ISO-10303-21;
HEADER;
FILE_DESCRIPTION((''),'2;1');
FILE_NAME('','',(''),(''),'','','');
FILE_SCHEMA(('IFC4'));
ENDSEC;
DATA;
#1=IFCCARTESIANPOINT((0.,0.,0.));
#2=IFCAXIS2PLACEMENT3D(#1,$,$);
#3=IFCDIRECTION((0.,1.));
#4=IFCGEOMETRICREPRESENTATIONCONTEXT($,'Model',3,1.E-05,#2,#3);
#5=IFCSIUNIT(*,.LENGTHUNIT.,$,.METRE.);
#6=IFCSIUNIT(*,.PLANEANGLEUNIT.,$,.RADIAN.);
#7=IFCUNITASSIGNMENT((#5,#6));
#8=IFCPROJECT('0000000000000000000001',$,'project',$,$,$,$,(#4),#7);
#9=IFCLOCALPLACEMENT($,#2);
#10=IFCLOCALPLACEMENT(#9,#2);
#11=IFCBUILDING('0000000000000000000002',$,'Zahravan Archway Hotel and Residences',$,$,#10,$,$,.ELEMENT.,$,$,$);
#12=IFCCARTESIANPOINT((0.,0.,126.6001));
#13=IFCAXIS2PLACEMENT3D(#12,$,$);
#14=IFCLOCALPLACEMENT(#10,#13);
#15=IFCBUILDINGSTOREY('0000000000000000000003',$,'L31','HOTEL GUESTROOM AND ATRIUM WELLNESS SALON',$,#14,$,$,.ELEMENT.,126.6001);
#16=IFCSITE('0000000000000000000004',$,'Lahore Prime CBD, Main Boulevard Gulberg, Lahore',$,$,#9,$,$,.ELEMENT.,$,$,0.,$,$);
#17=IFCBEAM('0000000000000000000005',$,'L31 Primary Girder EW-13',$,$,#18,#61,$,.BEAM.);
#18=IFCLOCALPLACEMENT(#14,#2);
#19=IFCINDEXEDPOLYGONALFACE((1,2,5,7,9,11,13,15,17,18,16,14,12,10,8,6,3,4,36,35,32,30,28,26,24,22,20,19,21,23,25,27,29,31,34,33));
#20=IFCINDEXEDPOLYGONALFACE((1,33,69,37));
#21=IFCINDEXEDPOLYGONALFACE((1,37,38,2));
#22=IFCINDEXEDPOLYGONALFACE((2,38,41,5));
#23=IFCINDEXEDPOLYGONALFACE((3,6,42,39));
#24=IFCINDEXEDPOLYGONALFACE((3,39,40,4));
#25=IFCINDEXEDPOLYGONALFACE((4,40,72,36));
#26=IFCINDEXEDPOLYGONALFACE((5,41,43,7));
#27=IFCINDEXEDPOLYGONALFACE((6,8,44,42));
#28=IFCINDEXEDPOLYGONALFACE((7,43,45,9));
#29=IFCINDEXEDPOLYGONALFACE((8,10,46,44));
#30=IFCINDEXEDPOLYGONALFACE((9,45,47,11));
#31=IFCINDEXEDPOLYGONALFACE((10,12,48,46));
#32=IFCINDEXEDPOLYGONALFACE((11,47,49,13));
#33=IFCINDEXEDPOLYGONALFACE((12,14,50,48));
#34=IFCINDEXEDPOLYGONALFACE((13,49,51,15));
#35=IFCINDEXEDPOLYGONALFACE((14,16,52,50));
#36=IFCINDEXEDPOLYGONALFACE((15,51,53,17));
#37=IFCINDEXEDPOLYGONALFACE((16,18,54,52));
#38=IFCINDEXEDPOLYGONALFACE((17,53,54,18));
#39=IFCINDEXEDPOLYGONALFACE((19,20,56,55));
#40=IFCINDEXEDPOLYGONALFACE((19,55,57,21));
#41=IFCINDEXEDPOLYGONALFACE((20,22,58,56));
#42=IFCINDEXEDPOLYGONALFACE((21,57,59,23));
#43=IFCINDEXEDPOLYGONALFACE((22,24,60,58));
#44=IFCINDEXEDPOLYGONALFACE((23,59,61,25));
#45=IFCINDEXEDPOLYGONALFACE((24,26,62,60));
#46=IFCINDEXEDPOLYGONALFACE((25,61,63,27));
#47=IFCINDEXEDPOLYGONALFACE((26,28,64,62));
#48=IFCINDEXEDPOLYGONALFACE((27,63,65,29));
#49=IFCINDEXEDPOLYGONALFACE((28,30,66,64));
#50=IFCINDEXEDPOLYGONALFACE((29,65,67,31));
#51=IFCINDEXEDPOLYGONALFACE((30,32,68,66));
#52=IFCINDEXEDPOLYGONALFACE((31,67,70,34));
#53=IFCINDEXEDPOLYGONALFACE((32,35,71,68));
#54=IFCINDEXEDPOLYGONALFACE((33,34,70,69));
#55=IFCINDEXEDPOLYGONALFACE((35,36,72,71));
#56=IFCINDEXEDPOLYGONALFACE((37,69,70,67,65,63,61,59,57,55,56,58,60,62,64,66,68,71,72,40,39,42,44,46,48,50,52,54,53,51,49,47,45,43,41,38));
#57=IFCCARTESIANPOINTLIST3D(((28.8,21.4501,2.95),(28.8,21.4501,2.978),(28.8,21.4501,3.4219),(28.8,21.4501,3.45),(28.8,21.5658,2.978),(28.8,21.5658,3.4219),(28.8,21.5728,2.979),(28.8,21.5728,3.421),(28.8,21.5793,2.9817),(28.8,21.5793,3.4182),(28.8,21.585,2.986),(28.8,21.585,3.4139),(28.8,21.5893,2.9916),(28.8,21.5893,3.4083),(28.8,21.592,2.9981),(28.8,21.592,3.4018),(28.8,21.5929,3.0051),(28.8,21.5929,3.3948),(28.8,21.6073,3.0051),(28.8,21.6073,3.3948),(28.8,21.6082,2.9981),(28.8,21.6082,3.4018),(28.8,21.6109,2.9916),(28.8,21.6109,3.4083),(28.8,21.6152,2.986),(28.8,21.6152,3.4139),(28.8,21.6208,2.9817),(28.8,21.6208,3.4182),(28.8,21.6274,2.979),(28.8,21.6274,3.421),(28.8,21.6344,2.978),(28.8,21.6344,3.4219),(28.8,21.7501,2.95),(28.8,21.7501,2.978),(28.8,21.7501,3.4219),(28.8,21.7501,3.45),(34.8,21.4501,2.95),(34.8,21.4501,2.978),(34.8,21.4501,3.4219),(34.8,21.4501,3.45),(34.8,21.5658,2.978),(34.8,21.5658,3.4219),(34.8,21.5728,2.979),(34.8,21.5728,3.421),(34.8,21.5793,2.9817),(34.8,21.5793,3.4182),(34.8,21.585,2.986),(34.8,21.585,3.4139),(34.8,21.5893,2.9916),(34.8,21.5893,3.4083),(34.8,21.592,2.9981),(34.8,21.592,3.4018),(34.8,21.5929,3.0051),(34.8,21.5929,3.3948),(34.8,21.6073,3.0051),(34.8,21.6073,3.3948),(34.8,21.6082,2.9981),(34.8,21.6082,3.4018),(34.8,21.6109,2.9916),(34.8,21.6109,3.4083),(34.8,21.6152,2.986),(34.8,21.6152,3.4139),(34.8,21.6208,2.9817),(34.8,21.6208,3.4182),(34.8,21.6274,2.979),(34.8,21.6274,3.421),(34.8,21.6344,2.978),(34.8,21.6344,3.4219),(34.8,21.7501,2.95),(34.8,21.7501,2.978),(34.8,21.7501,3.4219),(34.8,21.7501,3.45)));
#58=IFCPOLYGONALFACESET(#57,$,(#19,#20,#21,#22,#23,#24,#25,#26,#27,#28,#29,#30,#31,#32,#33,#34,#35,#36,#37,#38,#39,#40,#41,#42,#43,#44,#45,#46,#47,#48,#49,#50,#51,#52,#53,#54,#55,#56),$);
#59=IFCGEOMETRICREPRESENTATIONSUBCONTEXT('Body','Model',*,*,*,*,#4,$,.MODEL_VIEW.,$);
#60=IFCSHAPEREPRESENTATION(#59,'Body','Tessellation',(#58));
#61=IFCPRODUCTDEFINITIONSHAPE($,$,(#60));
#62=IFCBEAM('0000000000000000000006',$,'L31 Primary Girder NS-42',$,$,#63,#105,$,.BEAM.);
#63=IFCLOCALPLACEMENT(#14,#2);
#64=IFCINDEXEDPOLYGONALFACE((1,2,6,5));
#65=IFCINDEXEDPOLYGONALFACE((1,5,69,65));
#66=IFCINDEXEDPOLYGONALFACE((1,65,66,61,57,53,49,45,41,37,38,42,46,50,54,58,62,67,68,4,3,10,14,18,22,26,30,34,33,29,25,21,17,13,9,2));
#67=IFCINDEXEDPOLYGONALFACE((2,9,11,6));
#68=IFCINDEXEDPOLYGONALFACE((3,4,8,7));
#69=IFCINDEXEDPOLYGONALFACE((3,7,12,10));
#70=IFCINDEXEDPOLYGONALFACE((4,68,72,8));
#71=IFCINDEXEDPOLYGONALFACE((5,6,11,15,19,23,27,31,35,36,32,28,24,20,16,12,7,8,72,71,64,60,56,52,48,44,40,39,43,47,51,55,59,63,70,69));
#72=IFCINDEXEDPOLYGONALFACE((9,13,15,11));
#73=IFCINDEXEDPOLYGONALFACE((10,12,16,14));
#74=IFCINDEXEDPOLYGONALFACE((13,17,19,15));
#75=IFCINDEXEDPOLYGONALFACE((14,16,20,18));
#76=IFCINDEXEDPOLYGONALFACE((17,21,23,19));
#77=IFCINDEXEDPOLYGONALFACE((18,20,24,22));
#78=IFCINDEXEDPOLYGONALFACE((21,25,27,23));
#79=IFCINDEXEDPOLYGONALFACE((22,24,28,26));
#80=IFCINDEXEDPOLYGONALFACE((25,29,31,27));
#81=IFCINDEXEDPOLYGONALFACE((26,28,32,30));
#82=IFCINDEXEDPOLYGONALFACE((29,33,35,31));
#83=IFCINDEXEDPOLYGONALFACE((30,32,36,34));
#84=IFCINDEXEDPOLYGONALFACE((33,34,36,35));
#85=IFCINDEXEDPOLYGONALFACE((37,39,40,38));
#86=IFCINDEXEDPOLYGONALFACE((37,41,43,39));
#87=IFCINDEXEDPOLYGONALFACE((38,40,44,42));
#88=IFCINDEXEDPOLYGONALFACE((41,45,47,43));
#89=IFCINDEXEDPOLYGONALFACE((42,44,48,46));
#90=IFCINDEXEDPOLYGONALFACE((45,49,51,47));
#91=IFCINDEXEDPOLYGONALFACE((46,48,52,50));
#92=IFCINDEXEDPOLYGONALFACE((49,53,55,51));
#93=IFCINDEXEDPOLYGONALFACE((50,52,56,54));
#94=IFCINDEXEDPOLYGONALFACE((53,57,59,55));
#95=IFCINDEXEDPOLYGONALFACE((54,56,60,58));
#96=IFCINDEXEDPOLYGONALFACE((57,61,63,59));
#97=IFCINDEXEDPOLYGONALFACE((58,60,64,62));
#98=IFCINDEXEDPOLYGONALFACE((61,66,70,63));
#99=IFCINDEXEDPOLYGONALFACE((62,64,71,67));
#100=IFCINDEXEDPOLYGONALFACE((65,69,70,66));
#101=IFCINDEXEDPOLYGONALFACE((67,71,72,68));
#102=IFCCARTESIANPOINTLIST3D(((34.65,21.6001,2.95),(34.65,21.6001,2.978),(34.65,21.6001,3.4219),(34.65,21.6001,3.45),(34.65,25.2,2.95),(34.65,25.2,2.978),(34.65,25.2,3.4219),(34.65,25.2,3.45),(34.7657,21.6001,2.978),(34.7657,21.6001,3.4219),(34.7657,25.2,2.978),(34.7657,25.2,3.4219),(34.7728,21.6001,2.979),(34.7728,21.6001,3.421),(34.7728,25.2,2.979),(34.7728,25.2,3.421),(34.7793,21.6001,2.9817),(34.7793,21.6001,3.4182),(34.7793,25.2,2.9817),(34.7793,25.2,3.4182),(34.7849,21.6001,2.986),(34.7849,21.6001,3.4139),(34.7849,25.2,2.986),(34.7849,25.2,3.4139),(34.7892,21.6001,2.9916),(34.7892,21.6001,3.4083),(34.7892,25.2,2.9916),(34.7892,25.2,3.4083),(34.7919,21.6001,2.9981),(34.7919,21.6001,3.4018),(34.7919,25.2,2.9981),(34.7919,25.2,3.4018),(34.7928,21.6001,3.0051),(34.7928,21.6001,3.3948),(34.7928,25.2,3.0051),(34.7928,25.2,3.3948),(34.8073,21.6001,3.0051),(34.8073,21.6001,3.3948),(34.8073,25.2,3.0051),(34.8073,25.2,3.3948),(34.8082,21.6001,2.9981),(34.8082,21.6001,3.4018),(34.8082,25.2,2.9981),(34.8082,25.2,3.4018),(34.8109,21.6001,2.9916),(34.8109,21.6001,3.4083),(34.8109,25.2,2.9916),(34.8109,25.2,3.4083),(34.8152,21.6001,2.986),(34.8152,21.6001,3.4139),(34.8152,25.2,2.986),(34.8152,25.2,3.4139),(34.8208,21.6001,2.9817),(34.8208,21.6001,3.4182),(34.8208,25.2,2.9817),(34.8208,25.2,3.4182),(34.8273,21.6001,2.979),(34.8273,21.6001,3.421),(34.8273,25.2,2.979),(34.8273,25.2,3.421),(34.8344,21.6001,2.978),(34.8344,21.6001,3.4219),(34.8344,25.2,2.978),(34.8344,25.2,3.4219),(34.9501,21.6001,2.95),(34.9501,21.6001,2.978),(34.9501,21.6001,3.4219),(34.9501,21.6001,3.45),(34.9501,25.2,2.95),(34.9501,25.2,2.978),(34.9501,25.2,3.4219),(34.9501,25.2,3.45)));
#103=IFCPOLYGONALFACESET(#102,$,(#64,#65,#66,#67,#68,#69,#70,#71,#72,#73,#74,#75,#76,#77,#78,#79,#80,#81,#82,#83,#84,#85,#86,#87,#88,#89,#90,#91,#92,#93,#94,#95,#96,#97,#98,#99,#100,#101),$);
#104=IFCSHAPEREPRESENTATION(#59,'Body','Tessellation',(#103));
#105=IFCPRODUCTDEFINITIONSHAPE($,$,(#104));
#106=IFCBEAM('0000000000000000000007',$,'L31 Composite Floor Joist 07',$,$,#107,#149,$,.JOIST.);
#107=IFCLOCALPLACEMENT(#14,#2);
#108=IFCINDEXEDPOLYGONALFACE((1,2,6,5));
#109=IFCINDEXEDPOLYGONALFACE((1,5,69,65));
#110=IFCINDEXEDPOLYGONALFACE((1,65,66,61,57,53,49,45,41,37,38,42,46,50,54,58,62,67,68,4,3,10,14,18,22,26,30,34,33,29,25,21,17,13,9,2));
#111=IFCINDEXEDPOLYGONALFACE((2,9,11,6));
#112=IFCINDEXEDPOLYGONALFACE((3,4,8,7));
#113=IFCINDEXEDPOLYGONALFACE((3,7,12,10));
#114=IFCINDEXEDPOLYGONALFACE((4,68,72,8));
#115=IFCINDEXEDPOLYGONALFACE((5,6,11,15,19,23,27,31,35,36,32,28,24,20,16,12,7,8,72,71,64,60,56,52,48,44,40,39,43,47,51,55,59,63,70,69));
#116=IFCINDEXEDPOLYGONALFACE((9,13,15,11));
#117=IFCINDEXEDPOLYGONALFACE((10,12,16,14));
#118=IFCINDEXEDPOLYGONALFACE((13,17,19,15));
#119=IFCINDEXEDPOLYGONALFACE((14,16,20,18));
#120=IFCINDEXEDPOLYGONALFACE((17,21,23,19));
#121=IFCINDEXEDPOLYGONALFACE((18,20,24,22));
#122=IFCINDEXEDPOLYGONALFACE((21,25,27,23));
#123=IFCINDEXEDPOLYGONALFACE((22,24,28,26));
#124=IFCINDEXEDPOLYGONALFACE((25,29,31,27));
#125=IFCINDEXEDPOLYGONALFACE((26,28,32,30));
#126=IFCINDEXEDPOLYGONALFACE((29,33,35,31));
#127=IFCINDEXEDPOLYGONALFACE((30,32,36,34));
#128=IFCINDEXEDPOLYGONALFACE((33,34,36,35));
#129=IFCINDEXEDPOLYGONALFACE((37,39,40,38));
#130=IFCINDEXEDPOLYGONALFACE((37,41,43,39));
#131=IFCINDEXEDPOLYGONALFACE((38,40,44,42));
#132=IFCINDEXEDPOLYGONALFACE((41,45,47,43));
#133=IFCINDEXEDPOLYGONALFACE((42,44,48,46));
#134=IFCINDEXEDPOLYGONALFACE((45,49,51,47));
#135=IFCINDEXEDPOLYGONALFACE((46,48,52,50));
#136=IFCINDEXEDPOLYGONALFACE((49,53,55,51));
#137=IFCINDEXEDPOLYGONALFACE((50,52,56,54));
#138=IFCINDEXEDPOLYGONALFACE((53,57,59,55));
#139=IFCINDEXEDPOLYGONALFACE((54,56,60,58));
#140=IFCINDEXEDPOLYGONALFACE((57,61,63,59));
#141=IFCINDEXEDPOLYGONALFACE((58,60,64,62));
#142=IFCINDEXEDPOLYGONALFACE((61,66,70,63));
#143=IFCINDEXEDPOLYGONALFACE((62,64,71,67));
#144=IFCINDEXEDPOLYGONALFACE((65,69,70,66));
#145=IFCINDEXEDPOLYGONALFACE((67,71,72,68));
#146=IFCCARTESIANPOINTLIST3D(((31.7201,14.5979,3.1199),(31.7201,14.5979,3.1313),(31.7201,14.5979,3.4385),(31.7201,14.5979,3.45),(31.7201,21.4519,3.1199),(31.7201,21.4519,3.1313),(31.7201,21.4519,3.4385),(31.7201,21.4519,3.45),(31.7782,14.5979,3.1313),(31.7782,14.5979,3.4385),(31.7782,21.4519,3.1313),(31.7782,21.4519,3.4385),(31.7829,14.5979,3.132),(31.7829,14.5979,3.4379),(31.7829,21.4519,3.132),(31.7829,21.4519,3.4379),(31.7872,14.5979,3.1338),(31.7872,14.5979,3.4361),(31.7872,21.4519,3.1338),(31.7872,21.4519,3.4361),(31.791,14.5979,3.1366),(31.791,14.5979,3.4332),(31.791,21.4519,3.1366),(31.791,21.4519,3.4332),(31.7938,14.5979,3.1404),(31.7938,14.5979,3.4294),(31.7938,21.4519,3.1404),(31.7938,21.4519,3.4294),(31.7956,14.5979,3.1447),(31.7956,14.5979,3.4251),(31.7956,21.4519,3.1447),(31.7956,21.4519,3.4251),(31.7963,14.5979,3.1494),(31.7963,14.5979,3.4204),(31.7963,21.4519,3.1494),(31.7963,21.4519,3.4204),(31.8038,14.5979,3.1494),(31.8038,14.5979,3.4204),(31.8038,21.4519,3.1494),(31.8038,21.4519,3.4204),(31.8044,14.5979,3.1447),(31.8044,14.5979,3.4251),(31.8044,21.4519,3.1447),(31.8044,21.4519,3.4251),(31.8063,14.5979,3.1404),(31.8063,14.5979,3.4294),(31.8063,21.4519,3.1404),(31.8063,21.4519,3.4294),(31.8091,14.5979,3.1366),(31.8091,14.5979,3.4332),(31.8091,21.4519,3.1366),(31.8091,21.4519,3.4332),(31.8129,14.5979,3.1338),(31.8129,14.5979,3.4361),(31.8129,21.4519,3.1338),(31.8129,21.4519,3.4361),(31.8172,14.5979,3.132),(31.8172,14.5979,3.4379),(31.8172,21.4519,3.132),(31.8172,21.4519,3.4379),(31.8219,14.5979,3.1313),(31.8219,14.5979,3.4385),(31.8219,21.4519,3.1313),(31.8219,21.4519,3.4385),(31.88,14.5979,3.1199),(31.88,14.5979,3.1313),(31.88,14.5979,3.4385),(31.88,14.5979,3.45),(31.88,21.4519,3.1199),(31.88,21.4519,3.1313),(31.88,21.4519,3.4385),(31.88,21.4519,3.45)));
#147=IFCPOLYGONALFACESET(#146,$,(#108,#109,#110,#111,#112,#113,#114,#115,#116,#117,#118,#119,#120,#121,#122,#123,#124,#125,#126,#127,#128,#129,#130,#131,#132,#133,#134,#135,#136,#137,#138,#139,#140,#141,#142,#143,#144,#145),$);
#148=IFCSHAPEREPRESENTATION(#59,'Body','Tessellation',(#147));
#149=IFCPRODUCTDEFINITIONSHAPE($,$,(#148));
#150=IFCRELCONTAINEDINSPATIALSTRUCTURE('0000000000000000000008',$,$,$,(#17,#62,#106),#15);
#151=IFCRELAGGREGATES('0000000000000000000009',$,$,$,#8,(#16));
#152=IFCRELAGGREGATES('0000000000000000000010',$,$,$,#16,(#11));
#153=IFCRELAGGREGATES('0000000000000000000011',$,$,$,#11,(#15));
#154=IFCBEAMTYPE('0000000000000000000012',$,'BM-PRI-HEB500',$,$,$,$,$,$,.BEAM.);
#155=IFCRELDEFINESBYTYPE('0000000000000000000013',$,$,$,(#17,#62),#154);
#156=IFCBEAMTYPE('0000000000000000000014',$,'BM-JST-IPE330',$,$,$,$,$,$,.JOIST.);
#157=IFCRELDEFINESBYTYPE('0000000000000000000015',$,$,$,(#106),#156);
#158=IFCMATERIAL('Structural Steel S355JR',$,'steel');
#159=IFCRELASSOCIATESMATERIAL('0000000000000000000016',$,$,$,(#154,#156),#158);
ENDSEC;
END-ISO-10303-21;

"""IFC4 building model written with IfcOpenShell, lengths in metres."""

from ifc_helpers import new_model, si_unit, direction, frame, origin, origin_2d, place, context, subcontext, project, spatial, i_section, extrude, source, transform, mapped, material, material_profile, profile_set, type_object, element, save


model = new_model("IFC4")

# Units and contexts
model_context = context("Model", 3, precision=1e-05, world=origin(), true_north=direction((0.0, 1.0)))
body_context = subcontext(model_context, "Body", "Model", "MODEL_VIEW")
ifc_project = project(units=[si_unit("LENGTHUNIT", "METRE"), si_unit("PLANEANGLEUNIT", "RADIAN")], contexts=[model_context])

# Site, building, storey
site_placement = place(None, origin())
site = spatial("IfcSite", under=ifc_project, at=site_placement, Name="Lahore Prime CBD, Main Boulevard Gulberg, Lahore", CompositionType="ELEMENT", RefElevation=0.0)
building_placement = place(site_placement, origin())
building = spatial("IfcBuilding", under=site, at=building_placement, Name="Zahravan Archway Hotel and Residences", CompositionType="ELEMENT")
storey_placement = place(building_placement, frame((0.0, 0.0, 126.6001)))
storey = spatial("IfcBuildingStorey", under=building, at=storey_placement, Name="L31", Description="HOTEL GUESTROOM AND ATRIUM WELLNESS SALON", CompositionType="ELEMENT", Elevation=126.6001)

# Beams
ifc_material_1 = material(Name="Structural Steel S355JR", Category="steel")
ifc_material_profile_1 = material_profile(ifc_material_1, i_section(OverallWidth=0.3, OverallDepth=0.5, WebThickness=0.0144, FlangeThickness=0.0281, FilletRadius=0.0271, at=origin_2d()), Name="HEB 500", Category="steel")
ifc_profile_set_1 = profile_set([ifc_material_profile_1], Name="Structural Steel S355JR")
beam_type_1 = type_object("IfcBeamType", Name="BM-PRI-HEB500", PredefinedType="BEAM", material=ifc_profile_set_1)
shared_shape_1 = source(origin(), body_context, "Body", "SweptSolid", [
    extrude(i_section(OverallWidth=0.3, OverallDepth=0.5, WebThickness=0.0144, FlangeThickness=0.0281, FilletRadius=0.0271, at=origin_2d()), origin(), (0.0, 0.0, 1.0), 6.0),
])
beam_1_placement = place(storey_placement, frame((28.8, 21.6001, 3.2), z_axis=(1.0, 0.0, 0.0), x_axis=(0.0, 1.0, 0.0)))
element("IfcBeam", 1, at=beam_1_placement, inside=storey, type_object=beam_type_1, Name="L31 Primary Girder EW-13", PredefinedType="BEAM", context=body_context, shape_type="MappedRepresentation", body=[
    mapped(shared_shape_1, transform((0.0, 0.0, 0.0), scale=1.0)),
])
shared_shape_2 = source(origin(), body_context, "Body", "SweptSolid", [
    extrude(i_section(OverallWidth=0.3, OverallDepth=0.5, WebThickness=0.0144, FlangeThickness=0.0281, FilletRadius=0.0271, at=origin_2d()), origin(), (0.0, 0.0, 1.0), 3.5999),
])
beam_2_placement = place(storey_placement, frame((34.8, 21.6001, 3.2), z_axis=(0.0, 1.0, 0.0), x_axis=(-1.0, 0.0, 0.0)))
element("IfcBeam", 2, at=beam_2_placement, inside=storey, type_object=beam_type_1, Name="L31 Primary Girder NS-42", PredefinedType="BEAM", context=body_context, shape_type="MappedRepresentation", body=[
    mapped(shared_shape_2, transform((0.0, 0.0, 0.0), scale=1.0)),
])
ifc_material_profile_2 = material_profile(ifc_material_1, i_section(OverallWidth=0.1599, OverallDepth=0.3301, WebThickness=0.0076, FlangeThickness=0.0115, FilletRadius=0.0181, at=origin_2d()), Name="IPE 330", Category="steel")
ifc_profile_set_2 = profile_set([ifc_material_profile_2], Name="Structural Steel S355JR")
beam_type_2 = type_object("IfcBeamType", Name="BM-JST-IPE330", PredefinedType="JOIST", material=ifc_profile_set_2)
shared_shape_3 = source(origin(), body_context, "Body", "SweptSolid", [
    extrude(i_section(OverallWidth=0.1599, OverallDepth=0.3301, WebThickness=0.0076, FlangeThickness=0.0115, FilletRadius=0.0181, at=origin_2d()), origin(), (0.0, 0.0, 1.0), 6.854),
])
beam_3_placement = place(storey_placement, frame((31.8, 14.5979, 3.2849), z_axis=(0.0, 1.0, 0.0), x_axis=(-1.0, 0.0, 0.0)))
element("IfcBeam", 3, at=beam_3_placement, inside=storey, type_object=beam_type_2, Name="L31 Composite Floor Joist 07", PredefinedType="JOIST", context=body_context, shape_type="MappedRepresentation", body=[
    mapped(shared_shape_3, transform((0.0, 0.0, 0.0), scale=1.0)),
])

save(model, "model.ifc")
